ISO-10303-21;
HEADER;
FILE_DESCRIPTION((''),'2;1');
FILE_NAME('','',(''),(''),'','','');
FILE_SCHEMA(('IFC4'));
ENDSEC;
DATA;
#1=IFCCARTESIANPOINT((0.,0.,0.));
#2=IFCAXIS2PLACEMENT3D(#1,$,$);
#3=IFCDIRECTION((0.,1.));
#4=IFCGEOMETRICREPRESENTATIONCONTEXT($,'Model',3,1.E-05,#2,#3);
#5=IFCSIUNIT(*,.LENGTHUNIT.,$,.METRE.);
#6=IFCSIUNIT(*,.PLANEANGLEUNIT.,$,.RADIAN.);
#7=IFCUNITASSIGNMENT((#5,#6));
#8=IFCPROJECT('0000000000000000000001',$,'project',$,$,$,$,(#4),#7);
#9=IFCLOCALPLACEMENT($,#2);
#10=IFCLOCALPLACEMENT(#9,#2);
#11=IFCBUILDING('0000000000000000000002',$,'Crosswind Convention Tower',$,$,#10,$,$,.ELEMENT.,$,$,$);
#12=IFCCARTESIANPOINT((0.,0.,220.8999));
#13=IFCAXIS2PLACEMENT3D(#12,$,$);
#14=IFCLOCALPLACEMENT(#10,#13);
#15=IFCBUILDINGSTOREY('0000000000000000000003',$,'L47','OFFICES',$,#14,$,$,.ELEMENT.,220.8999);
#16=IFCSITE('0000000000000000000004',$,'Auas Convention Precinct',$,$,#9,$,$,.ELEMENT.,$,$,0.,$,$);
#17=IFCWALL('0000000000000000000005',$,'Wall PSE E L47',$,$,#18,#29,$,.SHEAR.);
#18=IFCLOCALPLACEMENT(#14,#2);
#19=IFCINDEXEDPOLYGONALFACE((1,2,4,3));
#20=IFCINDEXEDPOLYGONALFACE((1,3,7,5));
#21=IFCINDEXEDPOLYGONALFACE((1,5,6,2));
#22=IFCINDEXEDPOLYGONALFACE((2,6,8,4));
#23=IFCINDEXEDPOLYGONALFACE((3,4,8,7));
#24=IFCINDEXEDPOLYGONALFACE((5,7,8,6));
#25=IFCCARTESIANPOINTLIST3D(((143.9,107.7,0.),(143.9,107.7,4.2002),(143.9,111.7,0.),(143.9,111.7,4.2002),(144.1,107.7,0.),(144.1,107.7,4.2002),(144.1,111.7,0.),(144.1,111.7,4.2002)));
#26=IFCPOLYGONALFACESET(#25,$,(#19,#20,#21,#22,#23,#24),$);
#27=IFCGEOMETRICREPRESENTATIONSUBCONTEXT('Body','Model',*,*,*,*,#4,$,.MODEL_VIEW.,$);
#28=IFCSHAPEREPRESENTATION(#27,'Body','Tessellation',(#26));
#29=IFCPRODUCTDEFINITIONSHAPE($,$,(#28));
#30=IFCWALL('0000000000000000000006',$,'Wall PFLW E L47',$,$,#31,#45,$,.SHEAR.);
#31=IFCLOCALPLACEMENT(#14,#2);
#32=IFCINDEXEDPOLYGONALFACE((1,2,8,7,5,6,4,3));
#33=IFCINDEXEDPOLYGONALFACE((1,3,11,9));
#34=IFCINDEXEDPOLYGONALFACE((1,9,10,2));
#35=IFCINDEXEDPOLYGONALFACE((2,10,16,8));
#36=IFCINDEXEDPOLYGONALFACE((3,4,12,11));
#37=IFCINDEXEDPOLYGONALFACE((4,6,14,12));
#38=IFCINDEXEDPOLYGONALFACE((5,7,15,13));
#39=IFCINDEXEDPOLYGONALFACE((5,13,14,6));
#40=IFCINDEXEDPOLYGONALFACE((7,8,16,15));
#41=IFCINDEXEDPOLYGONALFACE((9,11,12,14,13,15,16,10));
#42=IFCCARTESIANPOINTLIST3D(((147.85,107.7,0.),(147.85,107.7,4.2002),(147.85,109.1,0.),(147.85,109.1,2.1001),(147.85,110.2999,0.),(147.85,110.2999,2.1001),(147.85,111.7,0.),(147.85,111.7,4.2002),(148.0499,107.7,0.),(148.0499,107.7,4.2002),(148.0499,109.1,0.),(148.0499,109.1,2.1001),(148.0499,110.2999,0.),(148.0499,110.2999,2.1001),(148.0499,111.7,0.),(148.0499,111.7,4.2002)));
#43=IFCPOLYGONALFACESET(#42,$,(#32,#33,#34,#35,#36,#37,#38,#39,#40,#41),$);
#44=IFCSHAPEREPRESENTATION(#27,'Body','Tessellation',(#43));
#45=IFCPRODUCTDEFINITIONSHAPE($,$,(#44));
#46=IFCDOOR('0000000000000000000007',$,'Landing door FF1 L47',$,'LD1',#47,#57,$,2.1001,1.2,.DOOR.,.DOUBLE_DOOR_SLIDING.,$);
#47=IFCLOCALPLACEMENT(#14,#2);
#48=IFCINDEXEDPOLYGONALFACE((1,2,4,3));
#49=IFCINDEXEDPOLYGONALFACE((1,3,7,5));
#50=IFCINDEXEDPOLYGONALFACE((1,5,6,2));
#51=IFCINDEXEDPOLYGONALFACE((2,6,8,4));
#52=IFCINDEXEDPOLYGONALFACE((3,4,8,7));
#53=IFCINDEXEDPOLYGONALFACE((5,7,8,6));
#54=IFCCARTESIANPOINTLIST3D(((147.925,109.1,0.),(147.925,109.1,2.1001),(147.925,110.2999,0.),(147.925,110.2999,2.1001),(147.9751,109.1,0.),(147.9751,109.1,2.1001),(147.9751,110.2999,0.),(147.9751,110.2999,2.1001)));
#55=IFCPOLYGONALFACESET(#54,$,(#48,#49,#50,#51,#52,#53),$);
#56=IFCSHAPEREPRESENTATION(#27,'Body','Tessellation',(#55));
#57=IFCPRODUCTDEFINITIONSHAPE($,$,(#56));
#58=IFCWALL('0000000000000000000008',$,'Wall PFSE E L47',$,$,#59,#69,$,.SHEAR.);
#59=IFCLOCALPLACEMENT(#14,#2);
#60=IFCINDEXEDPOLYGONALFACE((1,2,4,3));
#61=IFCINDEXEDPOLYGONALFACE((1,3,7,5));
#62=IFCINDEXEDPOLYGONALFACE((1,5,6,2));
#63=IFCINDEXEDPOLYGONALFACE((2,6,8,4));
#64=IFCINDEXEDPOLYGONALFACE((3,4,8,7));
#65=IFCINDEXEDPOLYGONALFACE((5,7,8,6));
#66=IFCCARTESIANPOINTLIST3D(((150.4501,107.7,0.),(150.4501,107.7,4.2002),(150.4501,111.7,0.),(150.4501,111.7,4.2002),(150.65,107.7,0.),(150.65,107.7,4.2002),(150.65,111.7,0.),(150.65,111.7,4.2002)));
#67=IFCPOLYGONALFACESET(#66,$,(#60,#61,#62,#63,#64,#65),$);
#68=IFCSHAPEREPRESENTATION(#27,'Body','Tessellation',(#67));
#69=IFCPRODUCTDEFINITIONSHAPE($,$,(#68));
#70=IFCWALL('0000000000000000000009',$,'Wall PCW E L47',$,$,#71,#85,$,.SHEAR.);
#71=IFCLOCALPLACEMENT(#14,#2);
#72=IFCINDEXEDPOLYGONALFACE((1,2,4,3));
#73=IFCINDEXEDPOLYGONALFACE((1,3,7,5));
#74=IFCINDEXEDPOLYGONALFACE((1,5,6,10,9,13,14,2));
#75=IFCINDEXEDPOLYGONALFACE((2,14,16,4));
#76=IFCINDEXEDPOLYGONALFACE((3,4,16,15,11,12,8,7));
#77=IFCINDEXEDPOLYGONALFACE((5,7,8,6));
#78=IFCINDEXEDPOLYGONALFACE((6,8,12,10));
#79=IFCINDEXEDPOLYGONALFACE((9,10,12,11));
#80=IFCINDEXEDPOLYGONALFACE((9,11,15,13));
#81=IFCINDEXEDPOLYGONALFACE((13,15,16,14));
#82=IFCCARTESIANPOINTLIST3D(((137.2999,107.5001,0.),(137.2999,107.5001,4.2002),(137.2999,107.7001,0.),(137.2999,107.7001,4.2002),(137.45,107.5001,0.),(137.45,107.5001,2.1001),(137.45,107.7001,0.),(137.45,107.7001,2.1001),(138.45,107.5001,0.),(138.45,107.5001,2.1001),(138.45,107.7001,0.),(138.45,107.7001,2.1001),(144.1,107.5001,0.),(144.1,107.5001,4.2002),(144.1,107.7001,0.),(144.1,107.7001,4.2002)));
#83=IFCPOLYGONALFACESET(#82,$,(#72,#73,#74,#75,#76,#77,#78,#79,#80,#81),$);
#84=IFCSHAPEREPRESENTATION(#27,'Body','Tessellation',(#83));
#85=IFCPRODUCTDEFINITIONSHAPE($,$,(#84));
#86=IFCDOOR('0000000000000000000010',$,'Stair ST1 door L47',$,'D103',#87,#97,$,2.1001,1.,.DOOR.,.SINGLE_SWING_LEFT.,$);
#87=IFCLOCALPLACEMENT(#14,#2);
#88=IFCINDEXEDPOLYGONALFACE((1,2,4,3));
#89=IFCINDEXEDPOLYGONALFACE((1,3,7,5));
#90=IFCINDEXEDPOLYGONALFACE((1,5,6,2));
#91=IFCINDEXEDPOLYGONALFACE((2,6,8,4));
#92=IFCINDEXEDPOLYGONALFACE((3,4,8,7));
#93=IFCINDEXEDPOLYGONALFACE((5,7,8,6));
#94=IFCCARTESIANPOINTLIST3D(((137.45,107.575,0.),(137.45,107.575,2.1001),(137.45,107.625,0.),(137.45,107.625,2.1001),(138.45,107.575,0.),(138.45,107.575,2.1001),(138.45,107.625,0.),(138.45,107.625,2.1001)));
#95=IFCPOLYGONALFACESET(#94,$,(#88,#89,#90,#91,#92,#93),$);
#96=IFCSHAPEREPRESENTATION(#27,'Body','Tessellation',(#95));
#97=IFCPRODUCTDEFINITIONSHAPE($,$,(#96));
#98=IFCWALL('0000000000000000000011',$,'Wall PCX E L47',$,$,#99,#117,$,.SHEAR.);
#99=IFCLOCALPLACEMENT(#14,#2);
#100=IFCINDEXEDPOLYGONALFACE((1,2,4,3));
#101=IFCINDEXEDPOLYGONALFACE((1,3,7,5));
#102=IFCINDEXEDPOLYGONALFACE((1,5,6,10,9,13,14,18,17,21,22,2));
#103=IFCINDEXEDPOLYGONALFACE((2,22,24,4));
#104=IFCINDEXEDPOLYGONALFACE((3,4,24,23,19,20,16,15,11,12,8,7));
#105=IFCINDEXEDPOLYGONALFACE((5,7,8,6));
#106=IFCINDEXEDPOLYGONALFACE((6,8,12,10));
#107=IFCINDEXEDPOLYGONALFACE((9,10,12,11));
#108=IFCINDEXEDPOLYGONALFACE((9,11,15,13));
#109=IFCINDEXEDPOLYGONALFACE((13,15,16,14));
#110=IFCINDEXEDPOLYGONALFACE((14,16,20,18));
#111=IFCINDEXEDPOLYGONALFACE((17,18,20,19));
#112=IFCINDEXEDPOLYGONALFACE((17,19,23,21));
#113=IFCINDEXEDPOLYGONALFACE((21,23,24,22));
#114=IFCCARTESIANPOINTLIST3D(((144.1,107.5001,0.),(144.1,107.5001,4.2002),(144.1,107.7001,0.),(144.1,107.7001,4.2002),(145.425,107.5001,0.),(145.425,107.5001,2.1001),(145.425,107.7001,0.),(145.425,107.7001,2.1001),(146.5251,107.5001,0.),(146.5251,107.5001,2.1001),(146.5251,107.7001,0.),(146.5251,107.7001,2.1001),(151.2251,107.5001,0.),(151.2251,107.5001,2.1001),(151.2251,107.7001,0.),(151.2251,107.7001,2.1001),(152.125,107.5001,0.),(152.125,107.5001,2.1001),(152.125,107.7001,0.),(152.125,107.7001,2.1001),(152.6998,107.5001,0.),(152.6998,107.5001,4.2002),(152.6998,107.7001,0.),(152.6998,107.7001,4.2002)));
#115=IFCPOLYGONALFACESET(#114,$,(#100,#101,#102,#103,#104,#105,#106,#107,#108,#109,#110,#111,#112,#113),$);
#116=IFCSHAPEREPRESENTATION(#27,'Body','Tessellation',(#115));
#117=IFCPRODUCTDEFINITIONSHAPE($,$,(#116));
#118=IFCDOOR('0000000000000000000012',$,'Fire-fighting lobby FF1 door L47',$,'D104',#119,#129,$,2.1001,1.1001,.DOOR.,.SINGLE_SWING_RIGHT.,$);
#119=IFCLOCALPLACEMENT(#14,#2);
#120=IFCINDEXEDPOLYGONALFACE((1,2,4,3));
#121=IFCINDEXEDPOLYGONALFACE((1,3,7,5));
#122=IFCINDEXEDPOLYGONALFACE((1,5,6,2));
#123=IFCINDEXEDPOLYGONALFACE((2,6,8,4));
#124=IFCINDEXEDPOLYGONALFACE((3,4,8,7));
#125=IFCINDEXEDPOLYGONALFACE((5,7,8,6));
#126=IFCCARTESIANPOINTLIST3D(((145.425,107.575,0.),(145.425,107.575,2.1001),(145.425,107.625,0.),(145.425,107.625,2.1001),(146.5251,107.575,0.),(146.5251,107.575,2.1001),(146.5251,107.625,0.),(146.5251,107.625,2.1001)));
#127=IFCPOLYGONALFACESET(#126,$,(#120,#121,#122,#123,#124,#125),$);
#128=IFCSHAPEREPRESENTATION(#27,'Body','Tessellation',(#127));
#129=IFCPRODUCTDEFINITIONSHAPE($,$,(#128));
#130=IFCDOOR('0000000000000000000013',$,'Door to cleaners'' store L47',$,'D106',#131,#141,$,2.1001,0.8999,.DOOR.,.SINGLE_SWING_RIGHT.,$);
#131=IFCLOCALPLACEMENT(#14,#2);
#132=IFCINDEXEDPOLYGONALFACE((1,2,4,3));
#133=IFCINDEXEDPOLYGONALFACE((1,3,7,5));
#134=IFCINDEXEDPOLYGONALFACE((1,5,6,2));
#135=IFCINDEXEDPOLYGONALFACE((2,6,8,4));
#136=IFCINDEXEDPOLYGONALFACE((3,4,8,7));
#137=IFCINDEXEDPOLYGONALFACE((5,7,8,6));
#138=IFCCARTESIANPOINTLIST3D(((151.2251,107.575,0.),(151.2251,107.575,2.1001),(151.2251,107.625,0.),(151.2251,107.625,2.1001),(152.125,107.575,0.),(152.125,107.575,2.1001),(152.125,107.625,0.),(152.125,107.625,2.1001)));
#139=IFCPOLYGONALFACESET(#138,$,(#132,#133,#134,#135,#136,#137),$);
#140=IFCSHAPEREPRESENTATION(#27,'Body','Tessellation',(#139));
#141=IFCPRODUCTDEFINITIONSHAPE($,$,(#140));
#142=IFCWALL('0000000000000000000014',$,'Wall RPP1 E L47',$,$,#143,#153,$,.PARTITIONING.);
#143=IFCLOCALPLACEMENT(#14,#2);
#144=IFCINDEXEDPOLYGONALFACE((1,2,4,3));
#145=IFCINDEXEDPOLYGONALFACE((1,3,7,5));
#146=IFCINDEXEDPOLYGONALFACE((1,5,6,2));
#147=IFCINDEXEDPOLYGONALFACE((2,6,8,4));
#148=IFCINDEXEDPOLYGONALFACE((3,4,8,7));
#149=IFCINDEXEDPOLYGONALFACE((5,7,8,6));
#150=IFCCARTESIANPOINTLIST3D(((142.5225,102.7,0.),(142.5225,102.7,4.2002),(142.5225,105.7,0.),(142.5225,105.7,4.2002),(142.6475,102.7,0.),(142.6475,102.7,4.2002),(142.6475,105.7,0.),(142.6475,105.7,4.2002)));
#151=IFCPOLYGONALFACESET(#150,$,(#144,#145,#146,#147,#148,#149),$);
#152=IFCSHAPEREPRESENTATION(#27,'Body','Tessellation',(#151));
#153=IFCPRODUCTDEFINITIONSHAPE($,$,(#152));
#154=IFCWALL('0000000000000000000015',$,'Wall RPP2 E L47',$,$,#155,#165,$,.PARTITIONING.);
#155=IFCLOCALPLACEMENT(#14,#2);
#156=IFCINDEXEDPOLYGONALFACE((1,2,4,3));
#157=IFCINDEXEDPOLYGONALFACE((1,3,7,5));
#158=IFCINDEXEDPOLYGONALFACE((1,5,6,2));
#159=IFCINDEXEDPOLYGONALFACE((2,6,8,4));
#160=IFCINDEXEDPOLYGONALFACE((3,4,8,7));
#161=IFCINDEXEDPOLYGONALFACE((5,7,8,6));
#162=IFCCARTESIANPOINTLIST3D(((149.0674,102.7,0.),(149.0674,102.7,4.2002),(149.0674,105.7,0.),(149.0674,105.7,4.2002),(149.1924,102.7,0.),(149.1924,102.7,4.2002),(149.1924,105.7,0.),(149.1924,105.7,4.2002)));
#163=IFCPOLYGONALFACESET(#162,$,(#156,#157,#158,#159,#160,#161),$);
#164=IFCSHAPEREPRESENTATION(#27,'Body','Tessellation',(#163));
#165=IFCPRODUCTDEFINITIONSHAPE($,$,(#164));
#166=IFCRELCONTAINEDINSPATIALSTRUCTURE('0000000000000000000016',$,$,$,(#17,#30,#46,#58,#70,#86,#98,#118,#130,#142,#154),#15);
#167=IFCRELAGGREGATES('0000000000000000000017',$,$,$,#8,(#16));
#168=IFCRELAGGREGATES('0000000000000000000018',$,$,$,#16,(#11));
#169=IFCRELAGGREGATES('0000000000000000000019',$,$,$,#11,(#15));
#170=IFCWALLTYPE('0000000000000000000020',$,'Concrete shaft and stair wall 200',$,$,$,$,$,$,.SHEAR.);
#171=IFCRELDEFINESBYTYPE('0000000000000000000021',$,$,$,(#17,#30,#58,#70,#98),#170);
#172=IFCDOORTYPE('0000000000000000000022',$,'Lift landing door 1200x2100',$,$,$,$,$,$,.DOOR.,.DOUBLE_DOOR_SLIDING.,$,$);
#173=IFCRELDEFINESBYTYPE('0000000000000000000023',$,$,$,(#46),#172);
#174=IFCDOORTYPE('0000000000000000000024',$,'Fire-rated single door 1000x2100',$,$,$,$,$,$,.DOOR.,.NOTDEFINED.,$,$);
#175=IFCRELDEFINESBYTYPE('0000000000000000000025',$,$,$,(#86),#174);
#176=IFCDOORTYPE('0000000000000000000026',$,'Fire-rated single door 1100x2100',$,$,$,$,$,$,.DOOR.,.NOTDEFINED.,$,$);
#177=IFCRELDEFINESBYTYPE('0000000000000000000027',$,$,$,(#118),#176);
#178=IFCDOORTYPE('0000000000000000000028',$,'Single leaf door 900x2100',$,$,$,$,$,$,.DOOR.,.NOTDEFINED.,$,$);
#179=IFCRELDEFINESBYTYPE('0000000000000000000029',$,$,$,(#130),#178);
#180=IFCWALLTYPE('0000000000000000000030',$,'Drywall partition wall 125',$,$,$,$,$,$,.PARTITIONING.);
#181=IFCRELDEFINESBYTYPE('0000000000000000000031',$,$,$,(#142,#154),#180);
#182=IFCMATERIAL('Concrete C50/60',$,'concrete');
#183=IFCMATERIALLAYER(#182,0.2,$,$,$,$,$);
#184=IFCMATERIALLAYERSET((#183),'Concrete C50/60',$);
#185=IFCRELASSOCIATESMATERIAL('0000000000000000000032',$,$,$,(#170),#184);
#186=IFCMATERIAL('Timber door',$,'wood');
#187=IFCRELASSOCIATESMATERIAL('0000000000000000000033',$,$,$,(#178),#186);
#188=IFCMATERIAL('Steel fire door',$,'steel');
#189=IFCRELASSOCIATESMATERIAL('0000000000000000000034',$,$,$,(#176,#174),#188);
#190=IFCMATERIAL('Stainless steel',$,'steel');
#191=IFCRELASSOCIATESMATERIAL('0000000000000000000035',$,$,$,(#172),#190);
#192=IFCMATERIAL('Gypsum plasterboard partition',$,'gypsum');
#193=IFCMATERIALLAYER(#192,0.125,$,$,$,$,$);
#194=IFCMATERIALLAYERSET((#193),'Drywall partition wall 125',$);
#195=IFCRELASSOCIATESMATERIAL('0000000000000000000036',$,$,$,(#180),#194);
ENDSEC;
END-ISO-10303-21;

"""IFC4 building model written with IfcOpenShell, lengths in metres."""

from ifc_helpers import new_model, si_unit, direction, frame, frame_2d, origin, place, context, subcontext, project, spatial, rectangle, extrude, material, layer, layer_set, type_object, element, fill, save


model = new_model("IFC4")

# Units and contexts
model_context = context("Model", 3, precision=1e-05, world=origin(), true_north=direction((0.0, 1.0)))
body_context = subcontext(model_context, "Body", "Model", "MODEL_VIEW")
ifc_project = project(units=[si_unit("LENGTHUNIT", "METRE"), si_unit("PLANEANGLEUNIT", "RADIAN")], contexts=[model_context])

# Site, building, storey
site_placement = place(None, origin())
site = spatial("IfcSite", under=ifc_project, at=site_placement, Name="Auas Convention Precinct", CompositionType="ELEMENT", RefElevation=0.0)
building_placement = place(site_placement, origin())
building = spatial("IfcBuilding", under=site, at=building_placement, Name="Crosswind Convention Tower", CompositionType="ELEMENT")
storey_placement = place(building_placement, frame((0.0, 0.0, 220.8999)))
storey = spatial("IfcBuildingStorey", under=building, at=storey_placement, Name="L47", Description="OFFICES", CompositionType="ELEMENT", Elevation=220.8999)

# Shared definitions
ifc_material_1 = material(Name="Concrete C50/60", Category="concrete")
ifc_layer_1 = layer(ifc_material_1, 0.2)
ifc_layer_set_1 = layer_set([ifc_layer_1], Name="Concrete C50/60")
wall_type_1 = type_object("IfcWallType", Name="Concrete shaft and stair wall 200", PredefinedType="SHEAR", material=ifc_layer_set_1)

# Shared definitions
ifc_material_2 = material(Name="Timber door", Category="wood")
door_type_1 = type_object("IfcDoorType", Name="Single leaf door 900x2100", OperationType="NOTDEFINED", PredefinedType="DOOR", material=ifc_material_2)

# Shared definitions
ifc_material_3 = material(Name="Steel fire door", Category="steel")
door_type_2 = type_object("IfcDoorType", Name="Fire-rated single door 1100x2100", OperationType="NOTDEFINED", PredefinedType="DOOR", material=ifc_material_3)

# Wall
wall_1_placement = place(storey_placement, frame((144.0, 107.7, 0.0), z_axis=(0.0, 0.0, 1.0), x_axis=(0.0, 1.0, 0.0)))
element("IfcWall", 1, at=wall_1_placement, inside=storey, type_object=wall_type_1, Name="Wall PSE E L47", PredefinedType="SHEAR", context=body_context, shape_type="SweptSolid", body=[
    extrude(rectangle(XDim=4.0, YDim=0.2, at=frame_2d((2.0, 0.0))), origin(), (0.0, 0.0, 1.0), 4.2002),
])

# Wall, opening, door
wall_2_placement = place(storey_placement, frame((147.95, 107.7, 0.0), z_axis=(0.0, 0.0, 1.0), x_axis=(0.0, 1.0, 0.0)))
wall_2 = element("IfcWall", 2, at=wall_2_placement, inside=storey, type_object=wall_type_1, Name="Wall PFLW E L47", PredefinedType="SHEAR", context=body_context, shape_type="SweptSolid", body=[
    extrude(rectangle(XDim=4.0, YDim=0.2, at=frame_2d((2.0, 0.0))), origin(), (0.0, 0.0, 1.0), 4.2002),
])
opening_1_placement = place(wall_2_placement, frame((1.3999, 0.0, 0.0)))
opening_1 = element("IfcOpeningElement", 3, at=opening_1_placement, cuts=wall_2, PredefinedType="OPENING", context=body_context, shape_type="SweptSolid", body=[
    extrude(rectangle(XDim=1.2, YDim=2.1001, at=frame_2d((0.6001, 1.05))), frame((0.0, 0.1099, 0.0), z_axis=(0.0, -1.0, 0.0), x_axis=(1.0, 0.0, 0.0)), (0.0, 0.0, 1.0), 0.22),
])
ifc_material_4 = material(Name="Stainless steel", Category="steel")
door_type_3 = type_object("IfcDoorType", Name="Lift landing door 1200x2100", OperationType="DOUBLE_DOOR_SLIDING", PredefinedType="DOOR", material=ifc_material_4)
door_1_placement = place(opening_1_placement, origin())
door_1 = element("IfcDoor", 4, at=door_1_placement, inside=storey, type_object=door_type_3, Name="Landing door FF1 L47", ObjectType="LD1", OperationType="DOUBLE_DOOR_SLIDING", OverallHeight=2.1001, OverallWidth=1.2, PredefinedType="DOOR", context=body_context, shape_type="SweptSolid", body=[
    extrude(rectangle(XDim=1.2, YDim=2.1001, at=frame_2d((0.6001, 1.05))), frame((0.0, 0.0249, 0.0), z_axis=(0.0, -1.0, 0.0), x_axis=(1.0, 0.0, 0.0)), (0.0, 0.0, 1.0), 0.05),
])
fill(opening_1, door_1)

# Wall
wall_3_placement = place(storey_placement, frame((150.55, 107.7, 0.0), z_axis=(0.0, 0.0, 1.0), x_axis=(0.0, 1.0, 0.0)))
element("IfcWall", 5, at=wall_3_placement, inside=storey, type_object=wall_type_1, Name="Wall PFSE E L47", PredefinedType="SHEAR", context=body_context, shape_type="SweptSolid", body=[
    extrude(rectangle(XDim=4.0, YDim=0.2, at=frame_2d((2.0, 0.0))), origin(), (0.0, 0.0, 1.0), 4.2002),
])

# Wall, opening, door
wall_4_placement = place(storey_placement, frame((137.3, 107.6001, 0.0), z_axis=(0.0, 0.0, 1.0), x_axis=(1.0, 0.0, 0.0)))
wall_4 = element("IfcWall", 6, at=wall_4_placement, inside=storey, type_object=wall_type_1, Name="Wall PCW E L47", PredefinedType="SHEAR", context=body_context, shape_type="SweptSolid", body=[
    extrude(rectangle(XDim=6.8, YDim=0.2, at=frame_2d((3.3999, 0.0))), origin(), (0.0, 0.0, 1.0), 4.2002),
])
opening_2_placement = place(wall_4_placement, frame((0.1499, 0.0, 0.0)))
opening_2 = element("IfcOpeningElement", 7, at=opening_2_placement, cuts=wall_4, PredefinedType="OPENING", context=body_context, shape_type="SweptSolid", body=[
    extrude(rectangle(XDim=1.0, YDim=2.1001, at=frame_2d((0.5, 1.05))), frame((0.0, 0.1099, 0.0), z_axis=(0.0, -1.0, 0.0), x_axis=(1.0, 0.0, 0.0)), (0.0, 0.0, 1.0), 0.22),
])
door_type_4 = type_object("IfcDoorType", Name="Fire-rated single door 1000x2100", OperationType="NOTDEFINED", PredefinedType="DOOR", material=ifc_material_3)
door_2_placement = place(opening_2_placement, origin())
door_2 = element("IfcDoor", 8, at=door_2_placement, inside=storey, type_object=door_type_4, Name="Stair ST1 door L47", ObjectType="D103", OperationType="SINGLE_SWING_LEFT", OverallHeight=2.1001, OverallWidth=1.0, PredefinedType="DOOR", context=body_context, shape_type="SweptSolid", body=[
    extrude(rectangle(XDim=1.0, YDim=2.1001, at=frame_2d((0.5, 1.05))), frame((0.0, 0.0249, 0.0), z_axis=(0.0, -1.0, 0.0), x_axis=(1.0, 0.0, 0.0)), (0.0, 0.0, 1.0), 0.05),
])
fill(opening_2, door_2)

# Wall, openings, doors
wall_5_placement = place(storey_placement, frame((144.1001, 107.6001, 0.0), z_axis=(0.0, 0.0, 1.0), x_axis=(1.0, 0.0, 0.0)))
wall_5 = element("IfcWall", 9, at=wall_5_placement, inside=storey, type_object=wall_type_1, Name="Wall PCX E L47", PredefinedType="SHEAR", context=body_context, shape_type="SweptSolid", body=[
    extrude(rectangle(XDim=8.5999, YDim=0.2, at=frame_2d((4.2998, 0.0))), origin(), (0.0, 0.0, 1.0), 4.2002),
])
opening_3_placement = place(wall_5_placement, frame((1.325, 0.0, 0.0)))
opening_3 = element("IfcOpeningElement", 10, at=opening_3_placement, cuts=wall_5, PredefinedType="OPENING", context=body_context, shape_type="SweptSolid", body=[
    extrude(rectangle(XDim=1.1001, YDim=2.1001, at=frame_2d((0.55, 1.05))), frame((0.0, 0.1099, 0.0), z_axis=(0.0, -1.0, 0.0), x_axis=(1.0, 0.0, 0.0)), (0.0, 0.0, 1.0), 0.22),
])
opening_4_placement = place(wall_5_placement, frame((7.125, 0.0, 0.0)))
opening_4 = element("IfcOpeningElement", 11, at=opening_4_placement, cuts=wall_5, PredefinedType="OPENING", context=body_context, shape_type="SweptSolid", body=[
    extrude(rectangle(XDim=0.8999, YDim=2.1001, at=frame_2d((0.45, 1.05))), frame((0.0, 0.1099, 0.0), z_axis=(0.0, -1.0, 0.0), x_axis=(1.0, 0.0, 0.0)), (0.0, 0.0, 1.0), 0.22),
])
door_3_placement = place(opening_3_placement, origin())
door_3 = element("IfcDoor", 12, at=door_3_placement, inside=storey, type_object=door_type_2, Name="Fire-fighting lobby FF1 door L47", ObjectType="D104", OperationType="SINGLE_SWING_RIGHT", OverallHeight=2.1001, OverallWidth=1.1001, PredefinedType="DOOR", context=body_context, shape_type="SweptSolid", body=[
    extrude(rectangle(XDim=1.1001, YDim=2.1001, at=frame_2d((0.55, 1.05))), frame((0.0, 0.0249, 0.0), z_axis=(0.0, -1.0, 0.0), x_axis=(1.0, 0.0, 0.0)), (0.0, 0.0, 1.0), 0.05),
])
fill(opening_3, door_3)
door_4_placement = place(opening_4_placement, origin())
door_4 = element("IfcDoor", 13, at=door_4_placement, inside=storey, type_object=door_type_1, Name="Door to cleaners' store L47", ObjectType="D106", OperationType="SINGLE_SWING_RIGHT", OverallHeight=2.1001, OverallWidth=0.8999, PredefinedType="DOOR", context=body_context, shape_type="SweptSolid", body=[
    extrude(rectangle(XDim=0.8999, YDim=2.1001, at=frame_2d((0.45, 1.05))), frame((0.0, 0.0249, 0.0), z_axis=(0.0, -1.0, 0.0), x_axis=(1.0, 0.0, 0.0)), (0.0, 0.0, 1.0), 0.05),
])
fill(opening_4, door_4)

# Walls
ifc_material_5 = material(Name="Gypsum plasterboard partition", Category="gypsum")
ifc_layer_2 = layer(ifc_material_5, 0.125)
ifc_layer_set_2 = layer_set([ifc_layer_2], Name="Drywall partition wall 125")
wall_type_2 = type_object("IfcWallType", Name="Drywall partition wall 125", PredefinedType="PARTITIONING", material=ifc_layer_set_2)
for number, where, z_axis, x_axis, name in (
    (14, (142.585, 102.7, 0.0), (0.0, 0.0, 1.0), (0.0, 1.0, 0.0), "Wall RPP1 E L47"),
    (15, (149.1299, 102.7, 0.0), (0.0, 0.0, 1.0), (0.0, 1.0, 0.0), "Wall RPP2 E L47"),
):
    element("IfcWall", number, at=place(storey_placement, frame(where, z_axis=z_axis, x_axis=x_axis)), inside=storey, type_object=wall_type_2, Name=name, PredefinedType="PARTITIONING", context=body_context, shape_type="SweptSolid", body=[
        extrude(rectangle(XDim=3.0, YDim=0.125, at=frame_2d((1.5, 0.0))), origin(), (0.0, 0.0, 1.0), 4.2002),
    ])

save(model, "model.ifc")
